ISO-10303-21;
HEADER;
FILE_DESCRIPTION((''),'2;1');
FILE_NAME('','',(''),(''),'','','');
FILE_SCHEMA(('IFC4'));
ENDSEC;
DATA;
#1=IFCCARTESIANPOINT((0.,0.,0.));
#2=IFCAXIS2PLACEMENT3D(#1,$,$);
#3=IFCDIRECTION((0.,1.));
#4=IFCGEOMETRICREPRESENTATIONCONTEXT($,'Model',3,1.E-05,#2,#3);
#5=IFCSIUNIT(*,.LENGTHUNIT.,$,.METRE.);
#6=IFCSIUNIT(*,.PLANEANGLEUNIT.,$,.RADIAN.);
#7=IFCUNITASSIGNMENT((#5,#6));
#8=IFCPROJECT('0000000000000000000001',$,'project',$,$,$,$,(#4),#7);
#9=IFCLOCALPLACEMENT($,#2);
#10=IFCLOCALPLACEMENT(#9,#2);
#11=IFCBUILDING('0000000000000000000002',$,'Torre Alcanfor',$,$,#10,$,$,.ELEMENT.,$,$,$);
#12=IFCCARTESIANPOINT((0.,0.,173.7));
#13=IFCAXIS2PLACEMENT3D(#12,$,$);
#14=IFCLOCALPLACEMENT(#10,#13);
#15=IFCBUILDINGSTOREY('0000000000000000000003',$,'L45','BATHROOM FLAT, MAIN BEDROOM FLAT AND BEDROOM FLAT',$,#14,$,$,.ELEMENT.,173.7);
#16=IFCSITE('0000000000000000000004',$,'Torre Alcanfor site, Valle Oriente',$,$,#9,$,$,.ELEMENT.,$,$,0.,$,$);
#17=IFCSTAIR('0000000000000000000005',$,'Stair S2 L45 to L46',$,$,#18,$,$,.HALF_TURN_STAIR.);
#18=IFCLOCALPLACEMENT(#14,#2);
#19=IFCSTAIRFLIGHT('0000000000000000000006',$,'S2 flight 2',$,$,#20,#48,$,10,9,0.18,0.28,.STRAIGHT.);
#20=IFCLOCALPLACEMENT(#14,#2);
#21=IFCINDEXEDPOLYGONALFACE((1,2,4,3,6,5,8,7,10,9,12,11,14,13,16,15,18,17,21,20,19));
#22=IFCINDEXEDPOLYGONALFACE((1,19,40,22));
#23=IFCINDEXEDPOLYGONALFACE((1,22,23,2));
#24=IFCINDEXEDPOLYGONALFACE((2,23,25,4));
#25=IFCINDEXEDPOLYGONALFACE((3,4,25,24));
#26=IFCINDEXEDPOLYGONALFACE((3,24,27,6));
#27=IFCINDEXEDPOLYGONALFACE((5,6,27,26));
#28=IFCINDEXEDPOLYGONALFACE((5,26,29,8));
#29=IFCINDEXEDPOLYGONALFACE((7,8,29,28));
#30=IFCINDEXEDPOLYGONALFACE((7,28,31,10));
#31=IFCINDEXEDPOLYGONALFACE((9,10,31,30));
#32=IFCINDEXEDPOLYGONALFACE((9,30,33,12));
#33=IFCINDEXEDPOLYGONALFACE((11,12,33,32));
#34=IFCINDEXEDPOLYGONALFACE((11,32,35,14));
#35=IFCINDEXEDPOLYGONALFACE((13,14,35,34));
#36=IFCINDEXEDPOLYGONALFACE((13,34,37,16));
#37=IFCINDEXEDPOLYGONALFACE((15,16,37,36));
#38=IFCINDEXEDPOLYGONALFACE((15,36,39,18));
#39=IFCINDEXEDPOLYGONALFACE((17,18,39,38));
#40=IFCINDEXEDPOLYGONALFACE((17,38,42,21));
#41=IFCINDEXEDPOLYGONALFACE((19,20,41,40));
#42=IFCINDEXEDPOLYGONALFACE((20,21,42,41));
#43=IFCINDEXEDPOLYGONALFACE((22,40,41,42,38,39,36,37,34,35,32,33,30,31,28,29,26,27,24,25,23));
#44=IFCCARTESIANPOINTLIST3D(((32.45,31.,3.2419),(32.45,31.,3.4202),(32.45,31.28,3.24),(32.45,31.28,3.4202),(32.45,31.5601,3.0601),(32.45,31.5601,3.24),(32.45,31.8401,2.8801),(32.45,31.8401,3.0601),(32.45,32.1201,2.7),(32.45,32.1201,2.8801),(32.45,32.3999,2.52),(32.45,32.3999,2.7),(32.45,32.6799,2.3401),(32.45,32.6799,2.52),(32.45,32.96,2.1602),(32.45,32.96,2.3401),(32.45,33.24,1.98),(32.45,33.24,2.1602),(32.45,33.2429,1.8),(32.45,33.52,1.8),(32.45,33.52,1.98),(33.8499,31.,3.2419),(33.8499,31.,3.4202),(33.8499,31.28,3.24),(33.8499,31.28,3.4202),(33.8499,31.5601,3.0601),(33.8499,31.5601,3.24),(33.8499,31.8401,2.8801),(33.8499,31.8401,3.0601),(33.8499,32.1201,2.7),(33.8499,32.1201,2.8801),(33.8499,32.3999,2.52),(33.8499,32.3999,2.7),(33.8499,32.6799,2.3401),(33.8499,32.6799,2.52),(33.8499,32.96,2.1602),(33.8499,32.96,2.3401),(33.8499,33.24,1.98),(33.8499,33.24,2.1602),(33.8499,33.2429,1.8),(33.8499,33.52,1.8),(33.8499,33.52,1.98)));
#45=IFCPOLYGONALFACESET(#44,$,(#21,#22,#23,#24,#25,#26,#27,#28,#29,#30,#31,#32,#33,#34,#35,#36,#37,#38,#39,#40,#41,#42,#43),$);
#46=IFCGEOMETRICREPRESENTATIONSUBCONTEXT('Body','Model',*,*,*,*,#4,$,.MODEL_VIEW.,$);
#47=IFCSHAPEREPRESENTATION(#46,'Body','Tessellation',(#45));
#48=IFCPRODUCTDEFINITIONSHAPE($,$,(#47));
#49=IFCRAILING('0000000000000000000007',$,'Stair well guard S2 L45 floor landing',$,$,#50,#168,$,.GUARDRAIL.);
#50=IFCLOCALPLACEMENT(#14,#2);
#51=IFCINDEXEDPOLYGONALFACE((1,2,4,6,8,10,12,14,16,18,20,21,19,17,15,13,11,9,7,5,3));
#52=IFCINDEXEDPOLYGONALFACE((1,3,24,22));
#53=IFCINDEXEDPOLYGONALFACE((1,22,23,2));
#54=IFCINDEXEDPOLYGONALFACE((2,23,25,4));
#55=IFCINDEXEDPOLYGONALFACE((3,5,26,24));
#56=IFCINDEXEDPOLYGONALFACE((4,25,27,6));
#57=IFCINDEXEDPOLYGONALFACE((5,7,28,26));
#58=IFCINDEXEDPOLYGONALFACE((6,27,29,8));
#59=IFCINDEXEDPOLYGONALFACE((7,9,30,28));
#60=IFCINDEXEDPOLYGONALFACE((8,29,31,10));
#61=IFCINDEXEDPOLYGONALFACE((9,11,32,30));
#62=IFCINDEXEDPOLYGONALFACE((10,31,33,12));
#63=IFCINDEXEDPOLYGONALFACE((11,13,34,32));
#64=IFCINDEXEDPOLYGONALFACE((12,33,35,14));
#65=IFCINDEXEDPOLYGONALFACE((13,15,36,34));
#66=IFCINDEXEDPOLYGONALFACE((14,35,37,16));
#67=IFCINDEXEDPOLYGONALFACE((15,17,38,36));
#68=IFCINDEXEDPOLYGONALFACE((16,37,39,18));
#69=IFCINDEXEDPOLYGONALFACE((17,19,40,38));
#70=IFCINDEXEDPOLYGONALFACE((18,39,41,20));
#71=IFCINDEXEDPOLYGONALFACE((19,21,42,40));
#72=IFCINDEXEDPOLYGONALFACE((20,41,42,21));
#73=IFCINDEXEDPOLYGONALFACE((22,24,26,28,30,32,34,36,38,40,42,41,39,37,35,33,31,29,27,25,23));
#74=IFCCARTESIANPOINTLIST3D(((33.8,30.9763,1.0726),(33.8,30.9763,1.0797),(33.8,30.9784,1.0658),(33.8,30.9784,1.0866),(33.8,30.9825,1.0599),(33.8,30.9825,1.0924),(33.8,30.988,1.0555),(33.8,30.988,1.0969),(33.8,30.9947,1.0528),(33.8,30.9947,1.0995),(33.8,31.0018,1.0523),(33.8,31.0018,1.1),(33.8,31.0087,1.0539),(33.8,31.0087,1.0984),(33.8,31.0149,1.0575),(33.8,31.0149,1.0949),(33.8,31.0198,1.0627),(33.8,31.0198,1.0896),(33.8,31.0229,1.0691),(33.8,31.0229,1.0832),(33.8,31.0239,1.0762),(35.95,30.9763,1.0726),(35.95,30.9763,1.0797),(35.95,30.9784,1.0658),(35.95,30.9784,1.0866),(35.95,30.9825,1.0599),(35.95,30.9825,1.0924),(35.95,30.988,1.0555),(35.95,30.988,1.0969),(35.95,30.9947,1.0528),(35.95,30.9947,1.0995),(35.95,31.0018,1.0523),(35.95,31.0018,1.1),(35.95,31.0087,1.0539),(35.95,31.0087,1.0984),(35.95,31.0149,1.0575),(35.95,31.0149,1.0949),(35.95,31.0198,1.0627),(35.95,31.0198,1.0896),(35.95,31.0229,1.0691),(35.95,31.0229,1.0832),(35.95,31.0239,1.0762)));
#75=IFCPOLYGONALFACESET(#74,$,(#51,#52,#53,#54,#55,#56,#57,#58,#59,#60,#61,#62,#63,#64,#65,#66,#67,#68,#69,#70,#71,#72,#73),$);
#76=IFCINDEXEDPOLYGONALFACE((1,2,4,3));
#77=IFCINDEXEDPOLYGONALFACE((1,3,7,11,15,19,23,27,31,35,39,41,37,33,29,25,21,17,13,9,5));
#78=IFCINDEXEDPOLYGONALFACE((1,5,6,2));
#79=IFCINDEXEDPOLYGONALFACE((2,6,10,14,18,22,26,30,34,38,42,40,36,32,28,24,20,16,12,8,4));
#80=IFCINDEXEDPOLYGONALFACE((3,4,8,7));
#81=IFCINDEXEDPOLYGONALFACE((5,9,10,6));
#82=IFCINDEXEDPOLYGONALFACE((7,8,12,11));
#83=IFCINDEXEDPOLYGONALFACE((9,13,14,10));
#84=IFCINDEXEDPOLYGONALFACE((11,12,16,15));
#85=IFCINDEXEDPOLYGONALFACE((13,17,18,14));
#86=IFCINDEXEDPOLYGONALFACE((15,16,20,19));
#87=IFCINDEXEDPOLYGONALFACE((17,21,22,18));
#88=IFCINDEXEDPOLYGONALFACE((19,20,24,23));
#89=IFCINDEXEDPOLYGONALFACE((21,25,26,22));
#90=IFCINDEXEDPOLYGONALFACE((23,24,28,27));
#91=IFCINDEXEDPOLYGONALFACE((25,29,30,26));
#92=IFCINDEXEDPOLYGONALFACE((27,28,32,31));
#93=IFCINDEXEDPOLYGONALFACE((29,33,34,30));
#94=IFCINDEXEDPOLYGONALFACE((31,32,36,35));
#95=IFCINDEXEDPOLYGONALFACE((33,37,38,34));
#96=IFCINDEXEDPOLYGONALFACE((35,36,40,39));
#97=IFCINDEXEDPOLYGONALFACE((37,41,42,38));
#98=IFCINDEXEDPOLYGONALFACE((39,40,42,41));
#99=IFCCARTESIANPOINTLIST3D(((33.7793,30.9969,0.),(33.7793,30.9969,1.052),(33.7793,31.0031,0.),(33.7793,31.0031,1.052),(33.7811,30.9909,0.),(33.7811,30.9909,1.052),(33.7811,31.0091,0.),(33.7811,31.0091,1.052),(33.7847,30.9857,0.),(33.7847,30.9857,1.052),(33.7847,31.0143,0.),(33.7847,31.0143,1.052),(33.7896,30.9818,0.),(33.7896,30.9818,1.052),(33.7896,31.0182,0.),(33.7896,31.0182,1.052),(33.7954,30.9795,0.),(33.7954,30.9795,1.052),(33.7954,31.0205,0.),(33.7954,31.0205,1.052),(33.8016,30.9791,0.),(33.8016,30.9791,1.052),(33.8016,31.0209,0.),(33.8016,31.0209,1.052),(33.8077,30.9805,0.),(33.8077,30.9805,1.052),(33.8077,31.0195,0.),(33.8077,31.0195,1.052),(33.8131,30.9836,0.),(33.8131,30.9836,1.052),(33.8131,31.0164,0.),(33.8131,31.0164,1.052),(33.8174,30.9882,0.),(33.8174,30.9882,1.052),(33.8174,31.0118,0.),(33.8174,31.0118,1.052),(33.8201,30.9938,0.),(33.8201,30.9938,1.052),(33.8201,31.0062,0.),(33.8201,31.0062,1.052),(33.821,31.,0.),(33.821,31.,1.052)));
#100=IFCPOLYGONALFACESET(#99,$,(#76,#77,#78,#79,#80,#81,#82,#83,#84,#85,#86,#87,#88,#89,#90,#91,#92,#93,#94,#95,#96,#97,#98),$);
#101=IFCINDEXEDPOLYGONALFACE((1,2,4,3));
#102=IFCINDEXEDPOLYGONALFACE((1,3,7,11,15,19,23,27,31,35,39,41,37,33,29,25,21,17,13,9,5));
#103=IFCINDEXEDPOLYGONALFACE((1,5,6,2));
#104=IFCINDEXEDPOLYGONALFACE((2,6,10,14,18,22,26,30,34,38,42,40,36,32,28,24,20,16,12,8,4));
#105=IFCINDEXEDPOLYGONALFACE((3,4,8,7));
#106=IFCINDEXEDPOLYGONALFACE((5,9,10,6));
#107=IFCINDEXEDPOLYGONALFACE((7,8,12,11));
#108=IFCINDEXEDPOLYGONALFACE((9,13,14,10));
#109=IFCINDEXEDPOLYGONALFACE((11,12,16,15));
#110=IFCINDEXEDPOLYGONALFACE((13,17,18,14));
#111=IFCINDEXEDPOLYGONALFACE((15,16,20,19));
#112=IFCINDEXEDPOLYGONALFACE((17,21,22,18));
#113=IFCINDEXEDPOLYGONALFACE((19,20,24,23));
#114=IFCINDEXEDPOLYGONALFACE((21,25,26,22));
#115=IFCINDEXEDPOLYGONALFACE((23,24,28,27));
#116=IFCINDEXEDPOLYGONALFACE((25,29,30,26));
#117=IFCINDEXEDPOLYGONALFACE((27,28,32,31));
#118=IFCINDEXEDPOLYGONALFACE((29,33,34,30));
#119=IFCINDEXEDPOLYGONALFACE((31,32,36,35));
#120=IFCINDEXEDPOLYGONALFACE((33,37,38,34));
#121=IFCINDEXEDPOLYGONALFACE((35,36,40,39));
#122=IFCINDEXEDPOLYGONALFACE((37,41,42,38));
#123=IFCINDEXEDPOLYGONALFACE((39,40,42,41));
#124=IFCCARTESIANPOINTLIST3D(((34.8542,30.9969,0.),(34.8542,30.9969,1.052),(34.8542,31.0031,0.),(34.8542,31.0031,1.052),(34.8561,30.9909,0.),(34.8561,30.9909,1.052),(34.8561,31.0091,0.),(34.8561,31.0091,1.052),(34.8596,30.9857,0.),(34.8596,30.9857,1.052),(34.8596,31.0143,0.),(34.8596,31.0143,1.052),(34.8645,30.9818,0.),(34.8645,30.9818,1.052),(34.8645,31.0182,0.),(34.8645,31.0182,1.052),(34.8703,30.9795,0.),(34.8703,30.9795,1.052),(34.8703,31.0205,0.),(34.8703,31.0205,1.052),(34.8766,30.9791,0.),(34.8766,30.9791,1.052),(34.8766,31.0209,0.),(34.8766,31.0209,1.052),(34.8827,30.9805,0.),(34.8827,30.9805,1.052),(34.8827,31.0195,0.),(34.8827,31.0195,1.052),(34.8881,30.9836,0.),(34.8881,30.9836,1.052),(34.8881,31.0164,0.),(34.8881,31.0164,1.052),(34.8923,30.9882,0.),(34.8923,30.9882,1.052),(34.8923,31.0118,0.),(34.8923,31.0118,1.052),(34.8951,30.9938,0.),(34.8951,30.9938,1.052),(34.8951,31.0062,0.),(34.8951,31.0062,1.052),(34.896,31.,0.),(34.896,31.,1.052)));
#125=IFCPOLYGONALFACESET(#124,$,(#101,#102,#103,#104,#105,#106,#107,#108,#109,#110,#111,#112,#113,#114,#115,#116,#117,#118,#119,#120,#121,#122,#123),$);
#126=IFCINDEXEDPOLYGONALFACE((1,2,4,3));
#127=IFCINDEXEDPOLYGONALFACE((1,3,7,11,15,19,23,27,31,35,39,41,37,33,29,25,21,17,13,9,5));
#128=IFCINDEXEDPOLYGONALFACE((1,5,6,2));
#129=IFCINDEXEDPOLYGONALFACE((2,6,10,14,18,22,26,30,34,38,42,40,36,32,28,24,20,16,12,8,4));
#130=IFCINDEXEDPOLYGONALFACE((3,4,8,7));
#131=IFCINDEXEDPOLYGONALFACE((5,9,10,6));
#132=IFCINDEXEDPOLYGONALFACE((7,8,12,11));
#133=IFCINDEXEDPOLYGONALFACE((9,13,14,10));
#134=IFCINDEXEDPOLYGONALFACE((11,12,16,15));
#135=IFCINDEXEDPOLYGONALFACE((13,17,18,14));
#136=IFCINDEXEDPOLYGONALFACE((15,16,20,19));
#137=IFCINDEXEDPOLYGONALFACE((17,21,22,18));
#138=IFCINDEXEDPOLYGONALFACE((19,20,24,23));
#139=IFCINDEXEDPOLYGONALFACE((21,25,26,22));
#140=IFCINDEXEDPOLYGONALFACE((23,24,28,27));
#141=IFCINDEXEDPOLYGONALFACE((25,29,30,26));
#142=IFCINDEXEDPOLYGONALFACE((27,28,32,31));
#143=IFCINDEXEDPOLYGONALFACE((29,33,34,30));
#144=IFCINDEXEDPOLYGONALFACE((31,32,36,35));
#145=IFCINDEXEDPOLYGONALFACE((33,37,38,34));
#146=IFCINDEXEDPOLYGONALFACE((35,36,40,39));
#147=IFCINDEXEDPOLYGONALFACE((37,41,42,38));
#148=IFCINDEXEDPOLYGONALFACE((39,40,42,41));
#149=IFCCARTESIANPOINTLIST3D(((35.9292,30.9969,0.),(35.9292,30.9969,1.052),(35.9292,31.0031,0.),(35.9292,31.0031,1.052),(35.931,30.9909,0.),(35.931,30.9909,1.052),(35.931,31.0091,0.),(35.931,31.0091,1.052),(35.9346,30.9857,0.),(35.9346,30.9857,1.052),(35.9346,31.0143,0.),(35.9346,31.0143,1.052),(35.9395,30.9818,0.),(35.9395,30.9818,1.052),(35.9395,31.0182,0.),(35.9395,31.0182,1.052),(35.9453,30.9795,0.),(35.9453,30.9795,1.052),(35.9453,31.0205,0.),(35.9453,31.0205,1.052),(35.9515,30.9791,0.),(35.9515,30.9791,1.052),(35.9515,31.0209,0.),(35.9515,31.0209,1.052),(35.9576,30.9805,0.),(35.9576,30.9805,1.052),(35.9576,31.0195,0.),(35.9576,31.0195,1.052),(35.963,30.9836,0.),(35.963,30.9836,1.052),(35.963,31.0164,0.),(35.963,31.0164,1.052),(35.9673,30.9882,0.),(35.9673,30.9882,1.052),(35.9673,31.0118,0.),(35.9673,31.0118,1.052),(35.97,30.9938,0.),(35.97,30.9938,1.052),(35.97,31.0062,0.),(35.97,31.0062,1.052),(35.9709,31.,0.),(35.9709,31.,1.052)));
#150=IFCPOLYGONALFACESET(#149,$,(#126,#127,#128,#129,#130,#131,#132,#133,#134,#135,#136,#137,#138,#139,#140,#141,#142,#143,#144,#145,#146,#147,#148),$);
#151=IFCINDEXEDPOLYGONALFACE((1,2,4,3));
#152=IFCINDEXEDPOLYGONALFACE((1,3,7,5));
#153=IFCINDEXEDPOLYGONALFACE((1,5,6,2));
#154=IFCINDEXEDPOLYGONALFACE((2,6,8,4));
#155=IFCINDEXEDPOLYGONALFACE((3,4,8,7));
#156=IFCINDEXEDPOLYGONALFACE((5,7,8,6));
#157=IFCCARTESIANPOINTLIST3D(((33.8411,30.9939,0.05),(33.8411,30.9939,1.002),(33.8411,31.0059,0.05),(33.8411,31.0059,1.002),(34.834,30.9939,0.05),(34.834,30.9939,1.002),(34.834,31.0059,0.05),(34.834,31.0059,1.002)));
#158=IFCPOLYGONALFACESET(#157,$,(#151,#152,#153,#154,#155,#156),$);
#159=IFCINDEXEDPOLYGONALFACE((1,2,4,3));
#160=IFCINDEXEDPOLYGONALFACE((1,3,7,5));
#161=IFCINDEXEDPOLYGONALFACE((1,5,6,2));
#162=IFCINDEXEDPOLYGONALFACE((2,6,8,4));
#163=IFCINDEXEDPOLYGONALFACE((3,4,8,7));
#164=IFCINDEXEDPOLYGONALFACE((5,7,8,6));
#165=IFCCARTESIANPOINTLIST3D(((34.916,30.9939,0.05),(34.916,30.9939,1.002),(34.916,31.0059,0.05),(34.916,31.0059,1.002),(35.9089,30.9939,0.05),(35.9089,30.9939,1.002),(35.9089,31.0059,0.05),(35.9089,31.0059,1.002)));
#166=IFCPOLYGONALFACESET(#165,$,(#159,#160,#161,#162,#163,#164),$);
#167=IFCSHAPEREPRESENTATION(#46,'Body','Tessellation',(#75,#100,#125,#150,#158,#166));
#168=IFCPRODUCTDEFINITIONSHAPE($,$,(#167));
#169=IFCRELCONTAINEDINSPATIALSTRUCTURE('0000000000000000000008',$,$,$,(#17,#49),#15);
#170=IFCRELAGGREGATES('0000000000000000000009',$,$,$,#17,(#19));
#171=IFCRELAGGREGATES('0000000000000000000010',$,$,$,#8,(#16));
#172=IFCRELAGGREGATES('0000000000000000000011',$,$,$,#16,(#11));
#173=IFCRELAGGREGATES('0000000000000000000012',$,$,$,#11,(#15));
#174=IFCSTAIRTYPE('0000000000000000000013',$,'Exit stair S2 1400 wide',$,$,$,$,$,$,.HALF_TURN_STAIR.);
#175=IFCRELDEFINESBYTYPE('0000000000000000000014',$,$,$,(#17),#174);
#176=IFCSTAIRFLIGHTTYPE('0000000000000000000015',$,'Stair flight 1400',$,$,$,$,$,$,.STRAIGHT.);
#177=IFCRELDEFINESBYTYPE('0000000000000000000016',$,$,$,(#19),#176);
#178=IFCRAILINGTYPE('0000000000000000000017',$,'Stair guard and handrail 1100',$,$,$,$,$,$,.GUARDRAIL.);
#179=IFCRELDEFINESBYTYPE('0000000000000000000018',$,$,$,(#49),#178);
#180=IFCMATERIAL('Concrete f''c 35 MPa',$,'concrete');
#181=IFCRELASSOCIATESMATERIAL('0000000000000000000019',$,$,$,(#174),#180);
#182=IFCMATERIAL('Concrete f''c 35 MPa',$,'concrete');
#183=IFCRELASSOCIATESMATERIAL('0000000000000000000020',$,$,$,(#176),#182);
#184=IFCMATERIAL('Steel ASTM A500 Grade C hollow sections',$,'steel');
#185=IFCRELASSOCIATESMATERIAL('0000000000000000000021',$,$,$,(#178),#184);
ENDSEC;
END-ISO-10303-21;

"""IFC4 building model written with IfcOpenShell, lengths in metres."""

from ifc_helpers import new_model, si_unit, direction, frame, origin, origin_2d, place, context, subcontext, project, spatial, polyline, circle, outline, extrude, material, type_object, element, aggregate, save


model = new_model("IFC4")

# Units and contexts
model_context = context("Model", 3, precision=1e-05, world=origin(), true_north=direction((0.0, 1.0)))
body_context = subcontext(model_context, "Body", "Model", "MODEL_VIEW")
ifc_project = project(units=[si_unit("LENGTHUNIT", "METRE"), si_unit("PLANEANGLEUNIT", "RADIAN")], contexts=[model_context])

# Site, building, storey
site_placement = place(None, origin())
site = spatial("IfcSite", under=ifc_project, at=site_placement, Name="Torre Alcanfor site, Valle Oriente", CompositionType="ELEMENT", RefElevation=0.0)
building_placement = place(site_placement, origin())
building = spatial("IfcBuilding", under=site, at=building_placement, Name="Torre Alcanfor", CompositionType="ELEMENT")
storey_placement = place(building_placement, frame((0.0, 0.0, 173.7)))
storey = spatial("IfcBuildingStorey", under=building, at=storey_placement, Name="L45", Description="BATHROOM FLAT, MAIN BEDROOM FLAT AND BEDROOM FLAT", CompositionType="ELEMENT", Elevation=173.7)

# Stair, stair flight
ifc_material_1 = material(Name="Concrete f'c 35 MPa", Category="concrete")
stair_type = type_object("IfcStairType", Name="Exit stair S2 1400 wide", PredefinedType="HALF_TURN_STAIR", material=ifc_material_1)
stair_placement = place(storey_placement, origin())
stair = element("IfcStair", 1, at=stair_placement, inside=storey, type_object=stair_type, Name="Stair S2 L45 to L46", PredefinedType="HALF_TURN_STAIR")
ifc_material_2 = material(Name="Concrete f'c 35 MPa", Category="concrete")
stair_flight_type = type_object("IfcStairFlightType", Name="Stair flight 1400", PredefinedType="STRAIGHT", material=ifc_material_2)
stair_flight_1_placement = place(storey_placement, frame((33.1499, 33.52, 1.8), z_axis=(0.0, 0.0, 1.0), x_axis=(0.0, -1.0, 0.0)))
stair_flight_1 = element("IfcStairFlight", 2, at=stair_flight_1_placement, type_object=stair_flight_type, Name="S2 flight 2", NumberOfRisers=10, NumberOfTreads=9, PredefinedType="STRAIGHT", RiserHeight=0.18, TreadLength=0.28, context=body_context, shape_type="SweptSolid", body=[
    extrude(outline(polyline([(0.0, 0.0), (0.0, 0.1799), (0.28, 0.1799), (0.28, 0.3601), (0.5601, 0.3601), (0.5601, 0.54), (0.8401, 0.54), (0.8401, 0.72), (1.1201, 0.72), (1.1201, 0.8999), (1.3999, 0.8999), (1.3999, 1.0801), (1.6799, 1.0801), (1.6799, 1.26), (1.96, 1.26), (1.96, 1.4399), (2.24, 1.4399), (2.24, 1.6201), (2.52, 1.6201), (2.52, 1.8), (2.52, 1.4419), (0.2771, 0.0), (0.0, 0.0)])), frame((0.0, 0.7, 0.0), z_axis=(0.0, -1.0, 0.0), x_axis=(1.0, 0.0, 0.0)), (0.0, 0.0, 1.0), 1.3999),
])
aggregate(stair, [stair_flight_1])

# Railing
ifc_material_3 = material(Name="Steel ASTM A500 Grade C hollow sections", Category="steel")
railing_type_1 = type_object("IfcRailingType", Name="Stair guard and handrail 1100", PredefinedType="GUARDRAIL", material=ifc_material_3)
for number, where, name in (
    (3, (33.8, 31.0, 0.0), "Stair well guard S2 L45 floor landing"),
):
    element("IfcRailing", number, at=place(storey_placement, frame(where)), inside=storey, type_object=railing_type_1, Name=name, PredefinedType="GUARDRAIL", context=body_context, shape_type="SweptSolid", body=[
        extrude(circle(Radius=0.0239, at=origin_2d()), frame((0.0, 0.0, 1.0762), z_axis=(1.0, 0.0, 0.0), x_axis=(0.0, 1.0, 0.0)), (0.0, 0.0, 1.0), 2.1499),
        extrude(circle(Radius=0.021, at=origin_2d()), origin(), (0.0, 0.0, 1.0), 1.052),
        extrude(circle(Radius=0.021, at=origin_2d()), frame((1.075, 0.0, 0.0)), (0.0, 0.0, 1.0), 1.052),
        extrude(circle(Radius=0.021, at=origin_2d()), frame((2.1499, 0.0, 0.0)), (0.0, 0.0, 1.0), 1.052),
        extrude(outline(polyline([(0.041, 0.05), (1.0339, 0.05), (1.0339, 1.002), (0.041, 1.002), (0.041, 0.05)])), frame((0.0, 0.0059, 0.0), z_axis=(0.0, -1.0, 0.0), x_axis=(1.0, 0.0, 0.0)), (0.0, 0.0, 1.0), 0.012),
        extrude(outline(polyline([(1.116, 0.05), (2.1089, 0.05), (2.1089, 1.002), (1.116, 1.002), (1.116, 0.05)])), frame((0.0, 0.0059, 0.0), z_axis=(0.0, -1.0, 0.0), x_axis=(1.0, 0.0, 0.0)), (0.0, 0.0, 1.0), 0.012),
    ])

save(model, "model.ifc")
